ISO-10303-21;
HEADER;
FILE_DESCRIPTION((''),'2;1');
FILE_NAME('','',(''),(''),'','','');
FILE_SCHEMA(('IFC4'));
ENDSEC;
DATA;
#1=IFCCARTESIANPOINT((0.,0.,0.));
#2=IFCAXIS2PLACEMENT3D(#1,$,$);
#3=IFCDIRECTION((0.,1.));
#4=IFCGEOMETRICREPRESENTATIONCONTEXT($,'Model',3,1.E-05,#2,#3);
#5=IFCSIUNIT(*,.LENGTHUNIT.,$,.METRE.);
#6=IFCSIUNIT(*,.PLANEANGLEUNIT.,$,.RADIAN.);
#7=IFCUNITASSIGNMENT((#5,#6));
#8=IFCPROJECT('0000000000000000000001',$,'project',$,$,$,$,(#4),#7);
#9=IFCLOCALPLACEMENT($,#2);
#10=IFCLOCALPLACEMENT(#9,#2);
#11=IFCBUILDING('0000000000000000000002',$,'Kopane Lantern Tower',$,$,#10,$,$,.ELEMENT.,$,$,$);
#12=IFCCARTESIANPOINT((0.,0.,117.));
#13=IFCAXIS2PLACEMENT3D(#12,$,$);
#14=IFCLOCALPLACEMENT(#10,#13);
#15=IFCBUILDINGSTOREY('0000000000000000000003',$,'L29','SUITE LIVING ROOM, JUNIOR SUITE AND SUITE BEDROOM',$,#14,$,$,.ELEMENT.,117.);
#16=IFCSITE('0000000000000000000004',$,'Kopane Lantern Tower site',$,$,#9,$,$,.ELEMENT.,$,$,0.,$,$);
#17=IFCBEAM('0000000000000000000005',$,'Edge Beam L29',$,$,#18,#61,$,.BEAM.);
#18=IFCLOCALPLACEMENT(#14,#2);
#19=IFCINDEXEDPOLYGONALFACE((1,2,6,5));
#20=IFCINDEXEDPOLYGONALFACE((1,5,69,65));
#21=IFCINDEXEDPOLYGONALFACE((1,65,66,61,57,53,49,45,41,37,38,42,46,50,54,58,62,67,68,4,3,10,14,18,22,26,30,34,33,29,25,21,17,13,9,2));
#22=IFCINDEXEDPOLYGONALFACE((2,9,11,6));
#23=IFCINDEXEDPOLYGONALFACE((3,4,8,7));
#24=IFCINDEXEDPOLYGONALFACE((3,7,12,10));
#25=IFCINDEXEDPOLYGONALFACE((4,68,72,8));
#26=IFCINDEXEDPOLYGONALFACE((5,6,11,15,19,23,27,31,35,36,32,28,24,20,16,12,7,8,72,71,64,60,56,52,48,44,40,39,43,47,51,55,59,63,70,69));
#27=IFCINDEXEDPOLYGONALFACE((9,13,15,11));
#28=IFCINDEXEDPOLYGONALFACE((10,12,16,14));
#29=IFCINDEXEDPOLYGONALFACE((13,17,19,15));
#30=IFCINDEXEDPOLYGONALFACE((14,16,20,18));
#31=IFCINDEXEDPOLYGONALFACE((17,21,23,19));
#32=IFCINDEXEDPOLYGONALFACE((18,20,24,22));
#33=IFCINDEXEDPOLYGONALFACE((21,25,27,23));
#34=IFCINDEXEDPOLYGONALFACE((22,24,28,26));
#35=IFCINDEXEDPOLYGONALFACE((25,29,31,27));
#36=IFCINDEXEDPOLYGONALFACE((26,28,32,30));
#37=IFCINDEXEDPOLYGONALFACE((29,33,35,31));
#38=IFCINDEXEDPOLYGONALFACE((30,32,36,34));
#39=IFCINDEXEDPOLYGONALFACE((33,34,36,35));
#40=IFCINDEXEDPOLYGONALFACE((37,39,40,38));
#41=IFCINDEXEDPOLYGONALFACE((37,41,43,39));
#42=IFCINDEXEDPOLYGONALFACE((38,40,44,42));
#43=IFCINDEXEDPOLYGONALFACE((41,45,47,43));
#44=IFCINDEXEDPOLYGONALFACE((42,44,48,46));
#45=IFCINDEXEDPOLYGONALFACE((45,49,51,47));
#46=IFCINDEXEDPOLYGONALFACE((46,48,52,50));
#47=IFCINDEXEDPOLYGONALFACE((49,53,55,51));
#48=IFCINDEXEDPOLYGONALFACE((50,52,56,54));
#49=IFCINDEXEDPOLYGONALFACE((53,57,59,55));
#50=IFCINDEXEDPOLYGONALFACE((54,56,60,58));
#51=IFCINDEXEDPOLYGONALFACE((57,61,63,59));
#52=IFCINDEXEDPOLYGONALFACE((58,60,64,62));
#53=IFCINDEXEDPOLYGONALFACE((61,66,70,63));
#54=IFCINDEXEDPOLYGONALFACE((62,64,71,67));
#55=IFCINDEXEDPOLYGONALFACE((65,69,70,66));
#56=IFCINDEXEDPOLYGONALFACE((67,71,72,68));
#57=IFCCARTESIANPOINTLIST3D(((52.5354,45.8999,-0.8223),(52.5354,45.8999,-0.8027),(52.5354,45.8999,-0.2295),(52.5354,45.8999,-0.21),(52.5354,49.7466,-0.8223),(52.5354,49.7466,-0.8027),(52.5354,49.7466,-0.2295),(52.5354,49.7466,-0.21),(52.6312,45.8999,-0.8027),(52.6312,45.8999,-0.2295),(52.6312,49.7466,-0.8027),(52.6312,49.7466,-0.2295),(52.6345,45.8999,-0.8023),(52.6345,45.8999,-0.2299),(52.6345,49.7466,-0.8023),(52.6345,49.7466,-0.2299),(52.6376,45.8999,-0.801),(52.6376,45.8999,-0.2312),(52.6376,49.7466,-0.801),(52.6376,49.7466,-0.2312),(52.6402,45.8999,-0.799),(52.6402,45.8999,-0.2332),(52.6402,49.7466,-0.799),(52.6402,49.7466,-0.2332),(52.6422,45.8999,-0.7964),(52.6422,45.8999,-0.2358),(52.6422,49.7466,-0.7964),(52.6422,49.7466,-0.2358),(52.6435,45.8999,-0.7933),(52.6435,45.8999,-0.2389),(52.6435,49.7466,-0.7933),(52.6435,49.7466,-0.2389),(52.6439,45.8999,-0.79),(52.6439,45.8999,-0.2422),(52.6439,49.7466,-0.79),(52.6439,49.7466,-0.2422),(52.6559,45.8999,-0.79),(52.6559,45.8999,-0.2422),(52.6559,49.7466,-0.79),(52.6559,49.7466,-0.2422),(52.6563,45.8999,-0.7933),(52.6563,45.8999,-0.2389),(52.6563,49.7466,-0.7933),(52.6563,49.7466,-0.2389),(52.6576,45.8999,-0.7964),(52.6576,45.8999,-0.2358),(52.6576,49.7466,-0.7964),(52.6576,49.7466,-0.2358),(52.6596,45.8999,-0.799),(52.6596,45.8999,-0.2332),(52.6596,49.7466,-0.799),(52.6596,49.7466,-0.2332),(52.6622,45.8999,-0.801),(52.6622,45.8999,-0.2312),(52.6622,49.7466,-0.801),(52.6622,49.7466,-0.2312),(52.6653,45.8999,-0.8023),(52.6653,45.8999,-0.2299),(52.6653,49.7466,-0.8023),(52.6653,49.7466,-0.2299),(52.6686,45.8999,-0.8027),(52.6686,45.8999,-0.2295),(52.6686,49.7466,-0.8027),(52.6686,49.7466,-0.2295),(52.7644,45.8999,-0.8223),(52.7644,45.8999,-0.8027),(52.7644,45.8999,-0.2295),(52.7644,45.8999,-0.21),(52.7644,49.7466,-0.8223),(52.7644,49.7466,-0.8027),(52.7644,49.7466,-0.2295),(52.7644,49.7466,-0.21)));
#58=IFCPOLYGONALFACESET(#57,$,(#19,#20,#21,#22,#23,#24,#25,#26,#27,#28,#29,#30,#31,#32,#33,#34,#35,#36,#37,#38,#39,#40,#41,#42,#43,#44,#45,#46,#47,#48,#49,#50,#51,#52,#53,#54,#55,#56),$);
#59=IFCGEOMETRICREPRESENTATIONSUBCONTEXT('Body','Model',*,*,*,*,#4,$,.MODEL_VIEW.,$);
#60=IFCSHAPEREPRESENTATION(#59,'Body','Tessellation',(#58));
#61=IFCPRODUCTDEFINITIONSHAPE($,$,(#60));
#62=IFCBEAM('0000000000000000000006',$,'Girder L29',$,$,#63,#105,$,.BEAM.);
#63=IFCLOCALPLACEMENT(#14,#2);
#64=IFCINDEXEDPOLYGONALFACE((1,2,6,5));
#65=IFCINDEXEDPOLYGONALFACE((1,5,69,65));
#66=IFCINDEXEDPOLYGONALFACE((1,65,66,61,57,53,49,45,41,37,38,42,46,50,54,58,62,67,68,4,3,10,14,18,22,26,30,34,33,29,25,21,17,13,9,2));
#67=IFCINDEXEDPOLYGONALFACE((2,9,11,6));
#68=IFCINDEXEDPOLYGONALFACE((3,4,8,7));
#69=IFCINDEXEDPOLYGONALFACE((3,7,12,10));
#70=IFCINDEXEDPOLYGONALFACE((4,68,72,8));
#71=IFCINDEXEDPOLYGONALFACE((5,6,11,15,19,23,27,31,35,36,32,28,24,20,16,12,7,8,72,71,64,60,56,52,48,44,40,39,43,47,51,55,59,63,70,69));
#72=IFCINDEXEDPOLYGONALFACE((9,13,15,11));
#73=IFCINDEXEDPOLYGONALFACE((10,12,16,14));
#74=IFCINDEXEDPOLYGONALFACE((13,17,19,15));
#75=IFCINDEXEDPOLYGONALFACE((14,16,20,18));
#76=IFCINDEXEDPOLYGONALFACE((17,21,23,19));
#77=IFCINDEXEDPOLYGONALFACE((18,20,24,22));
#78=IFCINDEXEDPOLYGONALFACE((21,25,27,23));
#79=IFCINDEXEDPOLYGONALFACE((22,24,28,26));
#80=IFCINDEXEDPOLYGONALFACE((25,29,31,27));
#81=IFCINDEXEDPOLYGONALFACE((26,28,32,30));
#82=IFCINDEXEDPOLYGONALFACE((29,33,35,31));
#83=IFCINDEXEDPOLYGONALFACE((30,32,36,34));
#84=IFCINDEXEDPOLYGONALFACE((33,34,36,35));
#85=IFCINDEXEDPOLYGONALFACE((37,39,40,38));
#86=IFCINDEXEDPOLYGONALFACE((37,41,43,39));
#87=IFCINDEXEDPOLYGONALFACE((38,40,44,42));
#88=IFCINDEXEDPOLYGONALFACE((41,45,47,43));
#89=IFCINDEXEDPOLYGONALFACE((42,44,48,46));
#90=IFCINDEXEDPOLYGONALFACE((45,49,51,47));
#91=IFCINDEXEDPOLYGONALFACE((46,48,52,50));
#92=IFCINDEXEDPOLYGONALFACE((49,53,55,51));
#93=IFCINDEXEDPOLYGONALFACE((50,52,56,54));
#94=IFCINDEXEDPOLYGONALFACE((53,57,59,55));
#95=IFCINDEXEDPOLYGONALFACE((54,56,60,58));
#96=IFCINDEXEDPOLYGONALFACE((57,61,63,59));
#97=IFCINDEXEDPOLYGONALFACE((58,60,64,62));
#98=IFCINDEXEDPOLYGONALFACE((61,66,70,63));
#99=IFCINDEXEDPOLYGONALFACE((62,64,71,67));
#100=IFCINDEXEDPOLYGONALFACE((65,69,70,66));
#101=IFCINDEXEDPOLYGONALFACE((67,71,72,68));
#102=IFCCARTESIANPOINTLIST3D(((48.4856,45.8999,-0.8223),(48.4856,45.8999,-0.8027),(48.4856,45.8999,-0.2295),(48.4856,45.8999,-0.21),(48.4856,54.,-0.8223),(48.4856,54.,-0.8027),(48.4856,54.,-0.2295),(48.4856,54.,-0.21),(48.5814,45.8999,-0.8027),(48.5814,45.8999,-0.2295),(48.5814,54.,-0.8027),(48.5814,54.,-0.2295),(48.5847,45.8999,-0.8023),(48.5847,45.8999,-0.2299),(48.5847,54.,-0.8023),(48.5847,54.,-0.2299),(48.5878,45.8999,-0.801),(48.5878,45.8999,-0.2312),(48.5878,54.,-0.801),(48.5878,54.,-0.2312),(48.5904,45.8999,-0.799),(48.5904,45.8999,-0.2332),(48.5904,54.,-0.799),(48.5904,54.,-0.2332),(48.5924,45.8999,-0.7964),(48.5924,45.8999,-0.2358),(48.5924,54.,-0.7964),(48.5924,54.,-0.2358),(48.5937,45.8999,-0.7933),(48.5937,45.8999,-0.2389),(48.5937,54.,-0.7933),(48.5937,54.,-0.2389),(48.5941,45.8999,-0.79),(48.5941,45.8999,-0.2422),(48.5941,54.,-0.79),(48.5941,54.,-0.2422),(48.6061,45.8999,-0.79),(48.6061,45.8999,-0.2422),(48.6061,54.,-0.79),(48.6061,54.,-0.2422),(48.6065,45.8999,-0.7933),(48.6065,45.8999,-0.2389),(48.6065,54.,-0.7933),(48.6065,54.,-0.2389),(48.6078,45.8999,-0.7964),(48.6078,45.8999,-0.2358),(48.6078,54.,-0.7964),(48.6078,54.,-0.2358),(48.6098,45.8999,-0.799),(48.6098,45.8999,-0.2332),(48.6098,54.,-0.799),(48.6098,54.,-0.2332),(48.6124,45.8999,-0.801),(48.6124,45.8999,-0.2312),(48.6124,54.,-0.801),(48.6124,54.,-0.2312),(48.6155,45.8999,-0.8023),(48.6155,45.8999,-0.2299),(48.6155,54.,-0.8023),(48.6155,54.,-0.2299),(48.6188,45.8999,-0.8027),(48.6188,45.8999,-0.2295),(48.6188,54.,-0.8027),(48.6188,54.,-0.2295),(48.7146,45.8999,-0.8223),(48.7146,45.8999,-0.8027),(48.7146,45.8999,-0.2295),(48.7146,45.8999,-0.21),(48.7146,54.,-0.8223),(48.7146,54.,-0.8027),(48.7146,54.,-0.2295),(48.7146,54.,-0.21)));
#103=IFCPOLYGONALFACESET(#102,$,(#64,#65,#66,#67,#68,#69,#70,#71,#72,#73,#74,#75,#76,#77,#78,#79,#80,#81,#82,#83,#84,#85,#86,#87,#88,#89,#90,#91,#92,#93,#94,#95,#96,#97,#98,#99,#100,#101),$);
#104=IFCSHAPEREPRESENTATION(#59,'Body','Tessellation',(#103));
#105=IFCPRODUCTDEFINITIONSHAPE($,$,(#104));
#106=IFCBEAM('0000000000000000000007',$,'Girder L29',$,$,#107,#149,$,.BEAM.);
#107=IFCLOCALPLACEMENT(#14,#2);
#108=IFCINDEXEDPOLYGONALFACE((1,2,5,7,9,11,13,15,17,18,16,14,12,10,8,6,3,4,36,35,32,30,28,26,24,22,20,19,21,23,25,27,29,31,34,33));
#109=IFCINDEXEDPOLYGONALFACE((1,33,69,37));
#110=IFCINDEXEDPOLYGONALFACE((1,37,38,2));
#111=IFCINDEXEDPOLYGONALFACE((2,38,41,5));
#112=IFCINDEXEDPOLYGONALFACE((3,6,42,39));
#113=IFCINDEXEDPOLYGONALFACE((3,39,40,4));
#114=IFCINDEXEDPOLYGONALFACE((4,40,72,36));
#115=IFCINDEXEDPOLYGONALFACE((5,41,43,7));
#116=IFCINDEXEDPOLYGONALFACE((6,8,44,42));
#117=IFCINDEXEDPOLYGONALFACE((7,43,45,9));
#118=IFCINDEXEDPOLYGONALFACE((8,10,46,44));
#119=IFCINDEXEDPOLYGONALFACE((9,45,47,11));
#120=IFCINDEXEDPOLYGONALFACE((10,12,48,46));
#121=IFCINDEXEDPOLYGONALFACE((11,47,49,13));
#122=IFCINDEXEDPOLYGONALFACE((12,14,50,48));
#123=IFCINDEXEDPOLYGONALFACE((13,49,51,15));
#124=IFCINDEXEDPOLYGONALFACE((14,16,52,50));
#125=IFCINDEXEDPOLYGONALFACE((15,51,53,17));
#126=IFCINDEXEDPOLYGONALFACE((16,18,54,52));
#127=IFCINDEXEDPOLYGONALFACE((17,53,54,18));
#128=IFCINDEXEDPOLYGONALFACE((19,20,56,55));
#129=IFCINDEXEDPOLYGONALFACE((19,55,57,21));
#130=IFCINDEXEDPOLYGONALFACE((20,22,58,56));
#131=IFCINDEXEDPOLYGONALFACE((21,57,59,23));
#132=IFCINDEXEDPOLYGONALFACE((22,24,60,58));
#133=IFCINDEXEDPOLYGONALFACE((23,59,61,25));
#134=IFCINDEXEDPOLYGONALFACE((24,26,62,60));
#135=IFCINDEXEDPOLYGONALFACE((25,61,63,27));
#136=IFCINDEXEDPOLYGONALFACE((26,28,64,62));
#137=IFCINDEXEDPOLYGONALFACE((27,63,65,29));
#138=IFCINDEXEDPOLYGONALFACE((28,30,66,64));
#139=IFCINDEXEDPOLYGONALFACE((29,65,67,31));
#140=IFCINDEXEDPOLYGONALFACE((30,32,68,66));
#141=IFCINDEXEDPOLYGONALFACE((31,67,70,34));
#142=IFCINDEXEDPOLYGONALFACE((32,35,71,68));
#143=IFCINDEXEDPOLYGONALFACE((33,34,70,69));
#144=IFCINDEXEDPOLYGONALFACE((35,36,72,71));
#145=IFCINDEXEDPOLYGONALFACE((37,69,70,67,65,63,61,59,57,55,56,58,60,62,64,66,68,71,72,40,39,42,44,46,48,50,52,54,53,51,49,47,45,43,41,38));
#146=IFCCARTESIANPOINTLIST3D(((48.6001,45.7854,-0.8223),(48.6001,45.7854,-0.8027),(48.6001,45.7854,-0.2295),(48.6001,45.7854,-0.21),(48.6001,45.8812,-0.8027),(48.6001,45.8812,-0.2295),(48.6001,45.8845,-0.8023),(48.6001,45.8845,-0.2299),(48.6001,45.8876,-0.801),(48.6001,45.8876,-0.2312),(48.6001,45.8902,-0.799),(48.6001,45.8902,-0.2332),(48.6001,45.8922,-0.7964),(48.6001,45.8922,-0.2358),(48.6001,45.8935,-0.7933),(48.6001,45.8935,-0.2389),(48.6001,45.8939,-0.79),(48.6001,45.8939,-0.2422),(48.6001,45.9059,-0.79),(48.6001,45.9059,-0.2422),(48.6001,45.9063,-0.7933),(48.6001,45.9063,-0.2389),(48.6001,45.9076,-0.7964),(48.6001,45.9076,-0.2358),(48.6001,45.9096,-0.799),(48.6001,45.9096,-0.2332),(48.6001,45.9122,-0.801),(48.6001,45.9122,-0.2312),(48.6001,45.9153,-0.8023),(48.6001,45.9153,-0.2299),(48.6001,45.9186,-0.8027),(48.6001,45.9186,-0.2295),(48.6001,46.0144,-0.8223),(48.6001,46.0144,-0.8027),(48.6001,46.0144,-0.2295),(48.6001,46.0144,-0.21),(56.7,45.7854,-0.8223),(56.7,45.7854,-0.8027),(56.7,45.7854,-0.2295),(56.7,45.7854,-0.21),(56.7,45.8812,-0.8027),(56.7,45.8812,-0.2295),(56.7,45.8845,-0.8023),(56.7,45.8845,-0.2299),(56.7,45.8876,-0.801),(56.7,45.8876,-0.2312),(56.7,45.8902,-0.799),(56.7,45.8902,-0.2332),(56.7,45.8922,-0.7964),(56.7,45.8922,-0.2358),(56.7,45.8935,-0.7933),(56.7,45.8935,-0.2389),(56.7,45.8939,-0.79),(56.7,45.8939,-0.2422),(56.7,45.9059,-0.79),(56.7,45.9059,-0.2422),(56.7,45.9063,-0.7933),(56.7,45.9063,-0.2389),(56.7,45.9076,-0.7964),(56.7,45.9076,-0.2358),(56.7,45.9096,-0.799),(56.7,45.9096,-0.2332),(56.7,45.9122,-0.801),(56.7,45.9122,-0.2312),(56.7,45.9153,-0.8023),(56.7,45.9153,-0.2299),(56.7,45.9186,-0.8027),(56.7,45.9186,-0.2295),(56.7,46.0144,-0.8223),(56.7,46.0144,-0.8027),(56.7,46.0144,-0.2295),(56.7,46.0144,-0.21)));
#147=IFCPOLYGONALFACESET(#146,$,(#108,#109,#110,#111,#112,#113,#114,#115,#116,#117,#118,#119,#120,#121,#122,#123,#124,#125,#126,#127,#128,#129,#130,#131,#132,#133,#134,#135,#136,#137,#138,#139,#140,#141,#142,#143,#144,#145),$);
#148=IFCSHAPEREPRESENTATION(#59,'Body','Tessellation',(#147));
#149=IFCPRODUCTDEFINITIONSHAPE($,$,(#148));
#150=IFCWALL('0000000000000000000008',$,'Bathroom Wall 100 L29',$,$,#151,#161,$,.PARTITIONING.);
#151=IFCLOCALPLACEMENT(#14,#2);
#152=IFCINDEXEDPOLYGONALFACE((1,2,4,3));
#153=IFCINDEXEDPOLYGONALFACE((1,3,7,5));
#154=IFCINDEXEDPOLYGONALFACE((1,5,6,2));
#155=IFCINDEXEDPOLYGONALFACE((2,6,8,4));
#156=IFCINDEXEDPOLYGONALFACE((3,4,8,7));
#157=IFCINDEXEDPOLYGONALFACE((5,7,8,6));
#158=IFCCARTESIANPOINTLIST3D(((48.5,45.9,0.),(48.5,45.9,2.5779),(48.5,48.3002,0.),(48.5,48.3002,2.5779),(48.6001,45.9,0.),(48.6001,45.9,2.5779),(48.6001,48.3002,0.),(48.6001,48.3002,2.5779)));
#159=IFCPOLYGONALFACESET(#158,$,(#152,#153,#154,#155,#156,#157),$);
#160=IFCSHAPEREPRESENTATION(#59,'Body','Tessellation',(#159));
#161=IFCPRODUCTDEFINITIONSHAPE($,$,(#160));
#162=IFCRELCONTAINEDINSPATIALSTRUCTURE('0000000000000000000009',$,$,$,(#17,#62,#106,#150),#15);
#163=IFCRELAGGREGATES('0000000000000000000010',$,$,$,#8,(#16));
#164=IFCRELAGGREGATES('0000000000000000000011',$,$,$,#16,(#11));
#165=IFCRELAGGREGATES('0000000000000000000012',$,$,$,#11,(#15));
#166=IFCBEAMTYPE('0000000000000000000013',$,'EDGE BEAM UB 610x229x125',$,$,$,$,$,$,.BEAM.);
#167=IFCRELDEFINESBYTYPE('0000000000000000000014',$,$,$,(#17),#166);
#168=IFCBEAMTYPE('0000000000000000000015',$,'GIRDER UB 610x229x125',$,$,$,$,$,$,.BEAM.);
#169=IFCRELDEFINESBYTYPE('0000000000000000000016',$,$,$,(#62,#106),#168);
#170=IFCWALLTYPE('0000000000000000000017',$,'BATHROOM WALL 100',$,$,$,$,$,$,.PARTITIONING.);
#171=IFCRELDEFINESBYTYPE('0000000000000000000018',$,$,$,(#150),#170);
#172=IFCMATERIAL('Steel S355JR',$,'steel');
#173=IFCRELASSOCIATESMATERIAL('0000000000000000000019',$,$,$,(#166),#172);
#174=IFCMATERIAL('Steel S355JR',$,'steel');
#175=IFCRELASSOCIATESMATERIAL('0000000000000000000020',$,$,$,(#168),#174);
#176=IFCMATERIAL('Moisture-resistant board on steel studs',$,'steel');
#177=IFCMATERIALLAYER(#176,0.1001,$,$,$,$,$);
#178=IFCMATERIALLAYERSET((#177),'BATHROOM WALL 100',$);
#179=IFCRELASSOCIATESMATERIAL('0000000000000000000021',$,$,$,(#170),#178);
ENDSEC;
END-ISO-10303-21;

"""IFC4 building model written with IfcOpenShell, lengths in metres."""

from ifc_helpers import new_model, si_unit, direction, frame, frame_2d, origin, origin_2d, place, context, subcontext, project, spatial, rectangle, i_section, extrude, material, layer, layer_set, material_profile, profile_set, type_object, element, save


model = new_model("IFC4")

# Units and contexts
model_context = context("Model", 3, precision=1e-05, world=origin(), true_north=direction((0.0, 1.0)))
body_context = subcontext(model_context, "Body", "Model", "MODEL_VIEW")
ifc_project = project(units=[si_unit("LENGTHUNIT", "METRE"), si_unit("PLANEANGLEUNIT", "RADIAN")], contexts=[model_context])

# Site, building, storey
site_placement = place(None, origin())
site = spatial("IfcSite", under=ifc_project, at=site_placement, Name="Kopane Lantern Tower site", CompositionType="ELEMENT", RefElevation=0.0)
building_placement = place(site_placement, origin())
building = spatial("IfcBuilding", under=site, at=building_placement, Name="Kopane Lantern Tower", CompositionType="ELEMENT")
storey_placement = place(building_placement, frame((0.0, 0.0, 117.0)))
storey = spatial("IfcBuildingStorey", under=building, at=storey_placement, Name="L29", Description="SUITE LIVING ROOM, JUNIOR SUITE AND SUITE BEDROOM", CompositionType="ELEMENT", Elevation=117.0)

# Beams
ifc_material_1 = material(Name="Steel S355JR", Category="steel")
ifc_material_profile_1 = material_profile(ifc_material_1, i_section(OverallWidth=0.229, OverallDepth=0.6123, WebThickness=0.012, FlangeThickness=0.0195, FilletRadius=0.0127, at=origin_2d()), Name="UB 610x229x125")
ifc_profile_set_1 = profile_set([ifc_material_profile_1], Name="Steel S355JR")
beam_type_1 = type_object("IfcBeamType", Name="EDGE BEAM UB 610x229x125", PredefinedType="BEAM", material=ifc_profile_set_1)
beam_1_placement = place(storey_placement, frame((52.6499, 49.7466, -0.5161), z_axis=(0.0, -1.0, 0.0), x_axis=(1.0, 0.0, 0.0)))
element("IfcBeam", 1, at=beam_1_placement, inside=storey, type_object=beam_type_1, Name="Edge Beam L29", PredefinedType="BEAM", context=body_context, shape_type="SweptSolid", body=[
    extrude(i_section(OverallWidth=0.229, OverallDepth=0.6123, WebThickness=0.012, FlangeThickness=0.0195, FilletRadius=0.0127, at=origin_2d()), origin(), (0.0, 0.0, 1.0), 3.8467),
])
ifc_material_2 = material(Name="Steel S355JR", Category="steel")
ifc_material_profile_2 = material_profile(ifc_material_2, i_section(OverallWidth=0.229, OverallDepth=0.6123, WebThickness=0.012, FlangeThickness=0.0195, FilletRadius=0.0127, at=origin_2d()), Name="UB 610x229x125")
ifc_profile_set_2 = profile_set([ifc_material_profile_2], Name="Steel S355JR")
beam_type_2 = type_object("IfcBeamType", Name="GIRDER UB 610x229x125", PredefinedType="BEAM", material=ifc_profile_set_2)
beam_2_placement = place(storey_placement, frame((48.6001, 45.8999, -0.5161), z_axis=(0.0, 1.0, 0.0), x_axis=(-1.0, 0.0, 0.0)))
element("IfcBeam", 2, at=beam_2_placement, inside=storey, type_object=beam_type_2, Name="Girder L29", PredefinedType="BEAM", context=body_context, shape_type="SweptSolid", body=[
    extrude(i_section(OverallWidth=0.229, OverallDepth=0.6123, WebThickness=0.012, FlangeThickness=0.0195, FilletRadius=0.0127, at=origin_2d()), origin(), (0.0, 0.0, 1.0), 8.1001),
])
beam_3_placement = place(storey_placement, frame((48.6001, 45.8999, -0.5161), z_axis=(1.0, 0.0, 0.0), x_axis=(0.0, 1.0, 0.0)))
element("IfcBeam", 3, at=beam_3_placement, inside=storey, type_object=beam_type_2, Name="Girder L29", PredefinedType="BEAM", context=body_context, shape_type="SweptSolid", body=[
    extrude(i_section(OverallWidth=0.229, OverallDepth=0.6123, WebThickness=0.012, FlangeThickness=0.0195, FilletRadius=0.0127, at=origin_2d()), origin(), (0.0, 0.0, 1.0), 8.0999),
])

# Wall
ifc_material_3 = material(Name="Moisture-resistant board on steel studs", Category="steel")
ifc_layer_1 = layer(ifc_material_3, 0.1001)
ifc_layer_set_1 = layer_set([ifc_layer_1], Name="BATHROOM WALL 100")
wall_type_1 = type_object("IfcWallType", Name="BATHROOM WALL 100", PredefinedType="PARTITIONING", material=ifc_layer_set_1)
wall_1_placement = place(storey_placement, frame((48.55, 45.8999, 0.0), z_axis=(0.0, 0.0, 1.0), x_axis=(0.0, 1.0, 0.0)))
element("IfcWall", 4, at=wall_1_placement, inside=storey, type_object=wall_type_1, Name="Bathroom Wall 100 L29", PredefinedType="PARTITIONING", context=body_context, shape_type="SweptSolid", body=[
    extrude(rectangle(XDim=2.4001, YDim=0.1001, at=frame_2d((1.2002, 0.0))), origin(), (0.0, 0.0, 1.0), 2.5779),
])

save(model, "model.ifc")
